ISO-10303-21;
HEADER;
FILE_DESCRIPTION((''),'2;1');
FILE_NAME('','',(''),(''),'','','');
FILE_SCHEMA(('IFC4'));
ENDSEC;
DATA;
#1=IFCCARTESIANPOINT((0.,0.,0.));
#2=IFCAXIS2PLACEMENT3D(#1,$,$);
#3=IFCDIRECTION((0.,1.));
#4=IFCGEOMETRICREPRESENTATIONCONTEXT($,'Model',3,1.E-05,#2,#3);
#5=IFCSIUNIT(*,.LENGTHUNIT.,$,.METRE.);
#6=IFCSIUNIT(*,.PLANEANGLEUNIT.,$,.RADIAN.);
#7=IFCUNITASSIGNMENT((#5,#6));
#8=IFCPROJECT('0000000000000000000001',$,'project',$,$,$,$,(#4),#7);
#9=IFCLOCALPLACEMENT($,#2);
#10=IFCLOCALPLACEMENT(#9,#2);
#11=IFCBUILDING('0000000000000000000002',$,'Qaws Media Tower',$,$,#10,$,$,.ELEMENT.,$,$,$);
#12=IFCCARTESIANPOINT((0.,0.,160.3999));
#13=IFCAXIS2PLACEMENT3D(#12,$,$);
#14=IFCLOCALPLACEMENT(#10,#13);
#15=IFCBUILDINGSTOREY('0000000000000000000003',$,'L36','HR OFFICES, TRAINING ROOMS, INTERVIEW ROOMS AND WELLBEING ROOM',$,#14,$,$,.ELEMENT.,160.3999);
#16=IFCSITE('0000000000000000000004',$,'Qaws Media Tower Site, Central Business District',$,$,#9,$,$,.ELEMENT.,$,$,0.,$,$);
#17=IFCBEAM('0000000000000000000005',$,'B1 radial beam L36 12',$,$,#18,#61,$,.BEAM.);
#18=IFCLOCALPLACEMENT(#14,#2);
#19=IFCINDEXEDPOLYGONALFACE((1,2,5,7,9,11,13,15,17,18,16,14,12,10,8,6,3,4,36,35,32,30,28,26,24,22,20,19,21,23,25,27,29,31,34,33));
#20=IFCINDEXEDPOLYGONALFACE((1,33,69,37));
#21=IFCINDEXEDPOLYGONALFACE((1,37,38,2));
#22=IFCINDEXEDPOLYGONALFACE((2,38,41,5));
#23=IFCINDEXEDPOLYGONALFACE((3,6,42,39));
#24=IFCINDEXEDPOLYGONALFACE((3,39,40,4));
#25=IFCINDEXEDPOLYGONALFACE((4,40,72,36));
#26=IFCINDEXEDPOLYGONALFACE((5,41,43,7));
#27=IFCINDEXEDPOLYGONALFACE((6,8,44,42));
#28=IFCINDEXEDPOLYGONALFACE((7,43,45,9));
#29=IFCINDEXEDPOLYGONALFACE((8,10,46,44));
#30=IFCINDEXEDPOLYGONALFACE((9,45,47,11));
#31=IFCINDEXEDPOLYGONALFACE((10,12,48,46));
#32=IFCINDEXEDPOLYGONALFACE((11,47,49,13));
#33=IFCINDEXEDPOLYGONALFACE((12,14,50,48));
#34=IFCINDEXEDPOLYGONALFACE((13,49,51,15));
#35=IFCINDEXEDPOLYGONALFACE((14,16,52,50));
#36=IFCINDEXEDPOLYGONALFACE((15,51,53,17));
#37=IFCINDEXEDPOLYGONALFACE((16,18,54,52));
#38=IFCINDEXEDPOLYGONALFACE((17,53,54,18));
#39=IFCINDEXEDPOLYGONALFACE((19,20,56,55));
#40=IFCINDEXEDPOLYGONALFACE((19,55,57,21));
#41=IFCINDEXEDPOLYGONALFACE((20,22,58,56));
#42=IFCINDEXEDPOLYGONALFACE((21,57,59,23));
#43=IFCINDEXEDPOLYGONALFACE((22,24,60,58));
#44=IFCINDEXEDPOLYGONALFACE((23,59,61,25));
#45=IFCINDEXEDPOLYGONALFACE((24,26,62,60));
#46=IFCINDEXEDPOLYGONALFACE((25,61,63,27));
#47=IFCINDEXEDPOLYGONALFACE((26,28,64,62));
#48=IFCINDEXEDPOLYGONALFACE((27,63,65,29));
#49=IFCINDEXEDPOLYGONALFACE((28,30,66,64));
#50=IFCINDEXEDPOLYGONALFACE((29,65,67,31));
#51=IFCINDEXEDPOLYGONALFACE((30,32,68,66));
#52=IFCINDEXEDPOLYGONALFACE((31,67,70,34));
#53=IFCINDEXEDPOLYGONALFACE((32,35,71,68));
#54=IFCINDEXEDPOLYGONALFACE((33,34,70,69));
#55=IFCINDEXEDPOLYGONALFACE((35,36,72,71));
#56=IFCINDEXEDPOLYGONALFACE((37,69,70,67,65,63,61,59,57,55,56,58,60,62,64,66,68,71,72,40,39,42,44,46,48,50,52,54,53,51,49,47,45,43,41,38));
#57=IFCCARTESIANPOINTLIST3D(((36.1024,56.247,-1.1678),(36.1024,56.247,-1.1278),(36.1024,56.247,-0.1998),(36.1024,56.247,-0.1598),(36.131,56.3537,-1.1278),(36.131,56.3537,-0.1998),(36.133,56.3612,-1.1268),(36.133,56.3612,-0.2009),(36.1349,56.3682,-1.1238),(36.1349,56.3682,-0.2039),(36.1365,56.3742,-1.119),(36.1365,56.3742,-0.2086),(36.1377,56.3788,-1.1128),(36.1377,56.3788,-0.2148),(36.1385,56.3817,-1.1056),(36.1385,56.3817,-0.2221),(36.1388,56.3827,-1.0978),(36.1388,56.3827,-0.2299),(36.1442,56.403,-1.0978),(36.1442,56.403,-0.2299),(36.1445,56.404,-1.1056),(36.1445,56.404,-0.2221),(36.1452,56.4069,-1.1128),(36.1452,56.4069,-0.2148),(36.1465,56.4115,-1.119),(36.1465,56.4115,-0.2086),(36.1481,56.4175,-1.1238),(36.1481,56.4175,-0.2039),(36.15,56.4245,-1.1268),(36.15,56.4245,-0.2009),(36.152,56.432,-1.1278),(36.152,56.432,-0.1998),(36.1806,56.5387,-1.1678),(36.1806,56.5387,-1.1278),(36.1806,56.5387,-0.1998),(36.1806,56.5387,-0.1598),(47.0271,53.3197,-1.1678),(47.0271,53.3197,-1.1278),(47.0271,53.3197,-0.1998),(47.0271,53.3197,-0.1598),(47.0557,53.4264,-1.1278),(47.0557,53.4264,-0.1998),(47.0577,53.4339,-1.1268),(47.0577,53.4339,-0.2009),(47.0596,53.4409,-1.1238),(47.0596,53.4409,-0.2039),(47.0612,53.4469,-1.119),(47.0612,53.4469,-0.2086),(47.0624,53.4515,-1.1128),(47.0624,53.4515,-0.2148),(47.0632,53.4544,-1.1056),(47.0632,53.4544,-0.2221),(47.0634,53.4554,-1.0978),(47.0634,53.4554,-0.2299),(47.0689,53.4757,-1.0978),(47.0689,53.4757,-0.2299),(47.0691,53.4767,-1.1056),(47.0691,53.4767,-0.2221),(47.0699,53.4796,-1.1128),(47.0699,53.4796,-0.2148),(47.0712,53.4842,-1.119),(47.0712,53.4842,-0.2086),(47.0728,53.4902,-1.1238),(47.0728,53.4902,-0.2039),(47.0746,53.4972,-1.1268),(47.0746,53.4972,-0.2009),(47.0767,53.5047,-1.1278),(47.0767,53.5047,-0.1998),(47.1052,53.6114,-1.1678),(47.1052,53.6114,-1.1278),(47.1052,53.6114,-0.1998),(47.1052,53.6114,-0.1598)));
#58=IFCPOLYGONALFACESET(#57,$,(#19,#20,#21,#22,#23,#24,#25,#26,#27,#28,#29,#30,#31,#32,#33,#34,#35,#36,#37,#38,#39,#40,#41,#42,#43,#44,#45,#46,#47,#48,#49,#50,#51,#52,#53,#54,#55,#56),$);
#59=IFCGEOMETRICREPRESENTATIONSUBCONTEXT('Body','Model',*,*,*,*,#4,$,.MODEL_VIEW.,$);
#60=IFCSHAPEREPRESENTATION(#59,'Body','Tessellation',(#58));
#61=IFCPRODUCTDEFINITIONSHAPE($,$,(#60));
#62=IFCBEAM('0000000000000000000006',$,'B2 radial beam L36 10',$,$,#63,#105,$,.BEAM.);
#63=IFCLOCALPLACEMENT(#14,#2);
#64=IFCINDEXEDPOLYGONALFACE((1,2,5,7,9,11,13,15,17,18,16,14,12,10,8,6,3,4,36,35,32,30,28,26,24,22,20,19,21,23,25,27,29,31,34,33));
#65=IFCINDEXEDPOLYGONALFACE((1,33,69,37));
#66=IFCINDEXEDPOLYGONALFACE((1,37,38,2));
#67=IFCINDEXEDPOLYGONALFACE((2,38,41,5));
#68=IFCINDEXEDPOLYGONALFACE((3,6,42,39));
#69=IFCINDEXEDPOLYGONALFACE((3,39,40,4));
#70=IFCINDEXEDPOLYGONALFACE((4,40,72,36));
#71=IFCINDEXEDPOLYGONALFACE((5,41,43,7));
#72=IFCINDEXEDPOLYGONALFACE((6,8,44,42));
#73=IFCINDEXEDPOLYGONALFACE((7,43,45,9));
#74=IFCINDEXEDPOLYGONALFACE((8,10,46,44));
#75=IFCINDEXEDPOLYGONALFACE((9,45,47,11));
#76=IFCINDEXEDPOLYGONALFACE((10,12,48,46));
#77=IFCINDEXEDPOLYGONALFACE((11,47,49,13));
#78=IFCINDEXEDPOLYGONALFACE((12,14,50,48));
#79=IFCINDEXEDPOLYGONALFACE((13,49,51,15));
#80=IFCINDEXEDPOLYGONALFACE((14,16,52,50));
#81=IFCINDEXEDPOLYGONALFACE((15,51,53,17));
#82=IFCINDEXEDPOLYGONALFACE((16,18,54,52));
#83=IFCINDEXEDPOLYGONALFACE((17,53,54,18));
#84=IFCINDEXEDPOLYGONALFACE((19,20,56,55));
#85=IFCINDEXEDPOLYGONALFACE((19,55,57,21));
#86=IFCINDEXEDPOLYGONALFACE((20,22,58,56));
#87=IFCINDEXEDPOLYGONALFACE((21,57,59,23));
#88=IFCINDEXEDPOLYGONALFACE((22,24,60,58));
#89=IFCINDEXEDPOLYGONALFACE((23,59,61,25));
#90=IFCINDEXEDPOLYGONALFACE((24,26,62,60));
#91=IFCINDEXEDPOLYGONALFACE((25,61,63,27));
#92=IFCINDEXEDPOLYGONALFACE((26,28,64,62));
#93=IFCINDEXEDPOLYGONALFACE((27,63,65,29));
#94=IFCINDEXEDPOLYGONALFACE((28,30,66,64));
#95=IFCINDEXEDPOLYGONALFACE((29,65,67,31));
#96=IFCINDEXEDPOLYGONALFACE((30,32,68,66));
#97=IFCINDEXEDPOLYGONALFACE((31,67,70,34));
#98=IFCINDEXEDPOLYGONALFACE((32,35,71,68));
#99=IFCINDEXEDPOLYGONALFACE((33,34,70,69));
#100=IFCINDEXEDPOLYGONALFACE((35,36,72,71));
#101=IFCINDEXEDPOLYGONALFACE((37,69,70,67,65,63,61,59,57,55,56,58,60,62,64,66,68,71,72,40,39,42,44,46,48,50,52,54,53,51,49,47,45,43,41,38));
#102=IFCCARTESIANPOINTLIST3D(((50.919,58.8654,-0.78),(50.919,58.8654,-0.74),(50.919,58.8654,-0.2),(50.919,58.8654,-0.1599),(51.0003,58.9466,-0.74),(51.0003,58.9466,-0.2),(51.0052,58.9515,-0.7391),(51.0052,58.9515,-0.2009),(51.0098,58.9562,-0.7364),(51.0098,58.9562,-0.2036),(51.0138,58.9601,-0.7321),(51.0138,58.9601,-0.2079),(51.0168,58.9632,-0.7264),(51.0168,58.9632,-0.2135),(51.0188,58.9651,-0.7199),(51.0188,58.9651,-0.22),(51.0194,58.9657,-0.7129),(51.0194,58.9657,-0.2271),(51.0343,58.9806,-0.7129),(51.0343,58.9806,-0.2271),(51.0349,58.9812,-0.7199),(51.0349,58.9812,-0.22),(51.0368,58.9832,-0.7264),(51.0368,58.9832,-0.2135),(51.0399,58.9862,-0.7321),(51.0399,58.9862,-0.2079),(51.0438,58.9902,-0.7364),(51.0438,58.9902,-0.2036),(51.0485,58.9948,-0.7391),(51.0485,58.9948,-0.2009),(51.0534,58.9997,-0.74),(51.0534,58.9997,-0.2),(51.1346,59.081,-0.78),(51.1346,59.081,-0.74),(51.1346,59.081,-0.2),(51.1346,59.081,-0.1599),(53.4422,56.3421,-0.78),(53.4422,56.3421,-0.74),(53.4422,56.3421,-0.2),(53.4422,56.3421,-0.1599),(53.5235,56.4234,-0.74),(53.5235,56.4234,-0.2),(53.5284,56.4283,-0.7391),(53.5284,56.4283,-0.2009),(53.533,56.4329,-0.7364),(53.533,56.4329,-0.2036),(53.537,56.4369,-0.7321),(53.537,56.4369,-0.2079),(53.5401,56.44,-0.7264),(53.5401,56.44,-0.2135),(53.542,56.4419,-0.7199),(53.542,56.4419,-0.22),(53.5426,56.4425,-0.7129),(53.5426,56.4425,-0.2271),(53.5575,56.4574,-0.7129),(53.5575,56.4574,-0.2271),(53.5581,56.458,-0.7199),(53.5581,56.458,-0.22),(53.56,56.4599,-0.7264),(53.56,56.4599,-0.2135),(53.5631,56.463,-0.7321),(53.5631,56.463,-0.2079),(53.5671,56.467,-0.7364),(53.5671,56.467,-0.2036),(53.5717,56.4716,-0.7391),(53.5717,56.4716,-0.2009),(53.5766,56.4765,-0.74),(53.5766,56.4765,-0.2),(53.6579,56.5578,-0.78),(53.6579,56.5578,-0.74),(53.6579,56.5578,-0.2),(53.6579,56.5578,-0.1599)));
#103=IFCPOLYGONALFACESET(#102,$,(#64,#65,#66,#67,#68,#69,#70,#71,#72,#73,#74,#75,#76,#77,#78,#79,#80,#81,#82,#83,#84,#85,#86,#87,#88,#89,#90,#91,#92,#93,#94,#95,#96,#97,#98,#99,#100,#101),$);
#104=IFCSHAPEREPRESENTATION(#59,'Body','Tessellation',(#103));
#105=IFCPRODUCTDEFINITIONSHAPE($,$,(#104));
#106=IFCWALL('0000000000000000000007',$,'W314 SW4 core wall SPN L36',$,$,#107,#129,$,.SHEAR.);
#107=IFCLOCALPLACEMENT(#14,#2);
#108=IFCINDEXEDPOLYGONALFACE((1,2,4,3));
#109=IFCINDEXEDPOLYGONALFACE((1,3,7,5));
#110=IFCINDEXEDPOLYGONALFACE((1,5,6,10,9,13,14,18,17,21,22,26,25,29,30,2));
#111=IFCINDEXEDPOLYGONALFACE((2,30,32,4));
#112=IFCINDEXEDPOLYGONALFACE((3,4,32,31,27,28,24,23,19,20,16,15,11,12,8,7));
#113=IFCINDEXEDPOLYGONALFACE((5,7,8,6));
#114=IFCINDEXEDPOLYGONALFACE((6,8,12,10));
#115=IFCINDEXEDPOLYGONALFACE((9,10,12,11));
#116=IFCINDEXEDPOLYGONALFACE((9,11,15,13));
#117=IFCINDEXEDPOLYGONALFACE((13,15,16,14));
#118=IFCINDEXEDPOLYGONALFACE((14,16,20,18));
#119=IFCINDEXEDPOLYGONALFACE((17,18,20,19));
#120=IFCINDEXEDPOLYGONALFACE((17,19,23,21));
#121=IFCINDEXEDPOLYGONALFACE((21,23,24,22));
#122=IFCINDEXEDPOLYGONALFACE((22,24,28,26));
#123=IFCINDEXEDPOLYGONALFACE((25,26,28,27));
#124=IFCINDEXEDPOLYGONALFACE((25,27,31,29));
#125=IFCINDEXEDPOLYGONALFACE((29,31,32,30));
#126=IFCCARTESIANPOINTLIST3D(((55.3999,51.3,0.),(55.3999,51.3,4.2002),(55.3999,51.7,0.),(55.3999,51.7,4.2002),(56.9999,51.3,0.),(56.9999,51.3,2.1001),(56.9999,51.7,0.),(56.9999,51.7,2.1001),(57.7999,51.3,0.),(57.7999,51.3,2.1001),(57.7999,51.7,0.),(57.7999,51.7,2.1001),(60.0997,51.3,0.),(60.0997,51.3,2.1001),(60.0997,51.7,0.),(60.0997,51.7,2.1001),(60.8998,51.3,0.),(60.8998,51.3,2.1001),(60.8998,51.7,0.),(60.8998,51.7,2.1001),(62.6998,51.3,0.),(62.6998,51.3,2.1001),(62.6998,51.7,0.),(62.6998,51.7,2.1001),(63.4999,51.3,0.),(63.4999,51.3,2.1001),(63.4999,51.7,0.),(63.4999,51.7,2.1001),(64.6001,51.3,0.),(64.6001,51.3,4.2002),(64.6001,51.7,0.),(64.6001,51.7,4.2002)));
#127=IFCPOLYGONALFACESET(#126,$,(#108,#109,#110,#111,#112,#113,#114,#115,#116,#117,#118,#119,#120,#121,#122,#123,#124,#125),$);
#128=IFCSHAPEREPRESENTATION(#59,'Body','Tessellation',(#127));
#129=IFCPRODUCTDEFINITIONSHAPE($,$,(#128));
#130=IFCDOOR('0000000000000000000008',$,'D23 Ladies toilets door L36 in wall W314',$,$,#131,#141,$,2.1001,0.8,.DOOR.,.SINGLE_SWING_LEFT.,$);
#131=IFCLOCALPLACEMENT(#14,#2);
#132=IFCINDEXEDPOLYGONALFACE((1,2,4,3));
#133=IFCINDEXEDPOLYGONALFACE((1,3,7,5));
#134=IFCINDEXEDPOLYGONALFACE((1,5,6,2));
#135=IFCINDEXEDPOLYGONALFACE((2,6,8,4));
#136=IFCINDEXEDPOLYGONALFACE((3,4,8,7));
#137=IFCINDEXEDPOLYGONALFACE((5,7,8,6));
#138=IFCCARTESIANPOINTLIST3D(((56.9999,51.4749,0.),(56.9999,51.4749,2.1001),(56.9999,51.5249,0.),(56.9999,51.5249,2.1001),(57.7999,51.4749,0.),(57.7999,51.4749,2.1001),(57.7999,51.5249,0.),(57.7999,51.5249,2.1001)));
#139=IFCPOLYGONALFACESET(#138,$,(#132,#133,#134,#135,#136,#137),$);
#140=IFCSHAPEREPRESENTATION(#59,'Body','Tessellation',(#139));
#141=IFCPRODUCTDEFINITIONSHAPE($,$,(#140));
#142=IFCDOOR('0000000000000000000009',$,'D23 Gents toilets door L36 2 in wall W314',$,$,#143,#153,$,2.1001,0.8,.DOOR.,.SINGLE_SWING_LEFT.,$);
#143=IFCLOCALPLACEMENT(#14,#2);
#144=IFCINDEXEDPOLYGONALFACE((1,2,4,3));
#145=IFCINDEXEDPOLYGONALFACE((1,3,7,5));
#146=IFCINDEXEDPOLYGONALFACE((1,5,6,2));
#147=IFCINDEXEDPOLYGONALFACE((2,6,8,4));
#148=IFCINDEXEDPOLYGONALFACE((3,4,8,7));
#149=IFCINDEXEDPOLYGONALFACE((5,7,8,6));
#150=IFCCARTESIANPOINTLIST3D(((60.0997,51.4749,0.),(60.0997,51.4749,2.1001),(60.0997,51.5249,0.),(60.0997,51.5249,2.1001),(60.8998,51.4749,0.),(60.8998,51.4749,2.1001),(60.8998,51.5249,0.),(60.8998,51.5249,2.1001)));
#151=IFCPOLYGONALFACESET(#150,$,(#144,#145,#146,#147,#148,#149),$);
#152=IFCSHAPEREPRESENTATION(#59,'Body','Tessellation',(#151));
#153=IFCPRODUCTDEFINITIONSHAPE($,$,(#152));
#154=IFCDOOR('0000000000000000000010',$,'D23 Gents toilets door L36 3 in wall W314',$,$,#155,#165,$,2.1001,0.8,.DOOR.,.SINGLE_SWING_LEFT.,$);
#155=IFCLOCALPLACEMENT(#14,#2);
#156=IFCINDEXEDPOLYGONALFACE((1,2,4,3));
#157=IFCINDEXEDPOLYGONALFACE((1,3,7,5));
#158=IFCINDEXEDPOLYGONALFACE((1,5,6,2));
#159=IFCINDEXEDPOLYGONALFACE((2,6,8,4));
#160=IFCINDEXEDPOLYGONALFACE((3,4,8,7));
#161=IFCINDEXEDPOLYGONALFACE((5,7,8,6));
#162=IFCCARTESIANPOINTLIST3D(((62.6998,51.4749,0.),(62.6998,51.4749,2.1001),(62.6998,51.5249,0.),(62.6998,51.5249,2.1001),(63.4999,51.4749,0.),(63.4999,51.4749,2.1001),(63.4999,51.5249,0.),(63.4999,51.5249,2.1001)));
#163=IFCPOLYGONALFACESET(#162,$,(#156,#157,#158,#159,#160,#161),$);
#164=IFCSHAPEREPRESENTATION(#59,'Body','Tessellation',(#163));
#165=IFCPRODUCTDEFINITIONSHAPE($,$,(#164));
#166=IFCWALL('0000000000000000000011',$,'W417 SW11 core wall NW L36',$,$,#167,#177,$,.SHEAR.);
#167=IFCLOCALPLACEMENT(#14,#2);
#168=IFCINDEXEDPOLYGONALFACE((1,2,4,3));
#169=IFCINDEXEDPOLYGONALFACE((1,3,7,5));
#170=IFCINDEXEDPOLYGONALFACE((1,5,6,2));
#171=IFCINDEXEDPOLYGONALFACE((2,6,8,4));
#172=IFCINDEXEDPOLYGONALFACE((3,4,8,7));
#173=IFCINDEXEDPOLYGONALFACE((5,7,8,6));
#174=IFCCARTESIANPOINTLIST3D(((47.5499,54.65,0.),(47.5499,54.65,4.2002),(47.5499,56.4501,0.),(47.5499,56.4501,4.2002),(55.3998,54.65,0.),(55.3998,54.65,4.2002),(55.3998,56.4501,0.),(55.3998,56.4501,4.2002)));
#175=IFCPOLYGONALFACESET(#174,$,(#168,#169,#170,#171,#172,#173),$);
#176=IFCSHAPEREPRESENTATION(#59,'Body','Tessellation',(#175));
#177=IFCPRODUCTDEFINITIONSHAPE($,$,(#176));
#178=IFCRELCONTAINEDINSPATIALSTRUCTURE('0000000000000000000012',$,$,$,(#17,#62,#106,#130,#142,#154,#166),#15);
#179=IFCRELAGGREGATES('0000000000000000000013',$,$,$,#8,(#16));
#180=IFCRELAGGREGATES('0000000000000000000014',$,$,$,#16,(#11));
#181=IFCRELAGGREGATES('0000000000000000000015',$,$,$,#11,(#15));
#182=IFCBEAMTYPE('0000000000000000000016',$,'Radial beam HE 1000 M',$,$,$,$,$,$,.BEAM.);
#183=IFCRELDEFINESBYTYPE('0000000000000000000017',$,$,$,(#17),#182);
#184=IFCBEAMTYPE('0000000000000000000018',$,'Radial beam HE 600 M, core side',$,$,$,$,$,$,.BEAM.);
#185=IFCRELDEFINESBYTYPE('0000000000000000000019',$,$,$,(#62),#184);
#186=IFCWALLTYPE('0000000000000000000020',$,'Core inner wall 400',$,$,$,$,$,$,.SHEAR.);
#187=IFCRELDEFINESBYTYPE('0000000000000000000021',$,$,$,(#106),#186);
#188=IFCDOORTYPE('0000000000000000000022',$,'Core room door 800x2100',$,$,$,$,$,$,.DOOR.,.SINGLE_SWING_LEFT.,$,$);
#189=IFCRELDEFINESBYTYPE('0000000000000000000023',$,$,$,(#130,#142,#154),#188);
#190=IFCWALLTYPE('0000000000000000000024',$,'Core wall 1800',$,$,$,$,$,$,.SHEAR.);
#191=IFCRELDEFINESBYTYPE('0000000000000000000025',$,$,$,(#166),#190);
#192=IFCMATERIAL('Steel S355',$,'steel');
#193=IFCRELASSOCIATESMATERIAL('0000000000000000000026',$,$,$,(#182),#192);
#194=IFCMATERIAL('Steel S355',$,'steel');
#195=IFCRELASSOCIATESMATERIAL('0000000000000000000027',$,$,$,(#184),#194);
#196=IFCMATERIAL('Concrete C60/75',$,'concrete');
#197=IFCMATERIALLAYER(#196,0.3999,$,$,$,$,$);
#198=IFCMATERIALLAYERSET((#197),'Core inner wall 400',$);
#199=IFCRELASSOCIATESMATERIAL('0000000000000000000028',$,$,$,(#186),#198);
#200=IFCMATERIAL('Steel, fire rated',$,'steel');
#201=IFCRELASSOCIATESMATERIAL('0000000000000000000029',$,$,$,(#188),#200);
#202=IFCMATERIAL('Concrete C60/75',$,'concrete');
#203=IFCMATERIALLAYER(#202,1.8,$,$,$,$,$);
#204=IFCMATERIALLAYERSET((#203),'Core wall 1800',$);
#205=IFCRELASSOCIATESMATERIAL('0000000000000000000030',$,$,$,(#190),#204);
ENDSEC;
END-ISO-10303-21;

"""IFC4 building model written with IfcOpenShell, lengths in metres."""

from ifc_helpers import new_model, si_unit, direction, frame, frame_2d, origin, origin_2d, place, context, subcontext, project, spatial, rectangle, i_section, extrude, material, layer, layer_set, material_profile, profile_set, type_object, element, fill, save


model = new_model("IFC4")

# Units and contexts
model_context = context("Model", 3, precision=1e-05, world=origin(), true_north=direction((0.0, 1.0)))
body_context = subcontext(model_context, "Body", "Model", "MODEL_VIEW")
ifc_project = project(units=[si_unit("LENGTHUNIT", "METRE"), si_unit("PLANEANGLEUNIT", "RADIAN")], contexts=[model_context])

# Site, building, storey
site_placement = place(None, origin())
site = spatial("IfcSite", under=ifc_project, at=site_placement, Name="Qaws Media Tower Site, Central Business District", CompositionType="ELEMENT", RefElevation=0.0)
building_placement = place(site_placement, origin())
building = spatial("IfcBuilding", under=site, at=building_placement, Name="Qaws Media Tower", CompositionType="ELEMENT")
storey_placement = place(building_placement, frame((0.0, 0.0, 160.3999)))
storey = spatial("IfcBuildingStorey", under=building, at=storey_placement, Name="L36", Description="HR OFFICES, TRAINING ROOMS, INTERVIEW ROOMS AND WELLBEING ROOM", CompositionType="ELEMENT", Elevation=160.3999)

# Beams
ifc_material_1 = material(Name="Steel S355", Category="steel")
ifc_material_profile_1 = material_profile(ifc_material_1, i_section(OverallWidth=0.302, OverallDepth=1.0081, WebThickness=0.021, FlangeThickness=0.04, FilletRadius=0.03, at=origin_2d()), Name="HE 1000 M")
ifc_profile_set_1 = profile_set([ifc_material_profile_1], Name="Steel S355")
beam_type_1 = type_object("IfcBeamType", Name="Radial beam HE 1000 M", PredefinedType="BEAM", material=ifc_profile_set_1)
beam_1_placement = place(storey_placement, frame((47.0662, 53.4656, -0.6638), z_axis=(-0.965925, 0.258821, 0.0), x_axis=(-0.258821, -0.965925, 0.0)))
element("IfcBeam", 1, at=beam_1_placement, inside=storey, type_object=beam_type_1, Name="B1 radial beam L36 12", PredefinedType="BEAM", context=body_context, shape_type="SweptSolid", body=[
    extrude(i_section(OverallWidth=0.302, OverallDepth=1.0081, WebThickness=0.021, FlangeThickness=0.04, FilletRadius=0.03, at=origin_2d()), origin(), (0.0, 0.0, 1.0), 11.3101),
])
ifc_material_2 = material(Name="Steel S355", Category="steel")
ifc_material_profile_2 = material_profile(ifc_material_2, i_section(OverallWidth=0.3049, OverallDepth=0.6201, WebThickness=0.021, FlangeThickness=0.04, FilletRadius=0.0271, at=origin_2d()), Name="HE 600 M")
ifc_profile_set_2 = profile_set([ifc_material_profile_2], Name="Steel S355")
beam_type_2 = type_object("IfcBeamType", Name="Radial beam HE 600 M, core side", PredefinedType="BEAM", material=ifc_profile_set_2)
beam_2_placement = place(storey_placement, frame((53.55, 56.45, -0.47), z_axis=(-0.707107, 0.707107, 0.0), x_axis=(-0.707107, -0.707107, 0.0)))
element("IfcBeam", 2, at=beam_2_placement, inside=storey, type_object=beam_type_2, Name="B2 radial beam L36 10", PredefinedType="BEAM", context=body_context, shape_type="SweptSolid", body=[
    extrude(i_section(OverallWidth=0.3049, OverallDepth=0.6201, WebThickness=0.021, FlangeThickness=0.04, FilletRadius=0.0271, at=origin_2d()), origin(), (0.0, 0.0, 1.0), 3.5684),
])

# Wall, openings, doors
ifc_material_3 = material(Name="Concrete C60/75", Category="concrete")
ifc_layer_1 = layer(ifc_material_3, 0.3999)
ifc_layer_set_1 = layer_set([ifc_layer_1], Name="Core inner wall 400")
wall_type_1 = type_object("IfcWallType", Name="Core inner wall 400", PredefinedType="SHEAR", material=ifc_layer_set_1)
wall_1_placement = place(storey_placement, frame((55.3999, 51.5, 0.0), z_axis=(0.0, 0.0, 1.0), x_axis=(1.0, 0.0, 0.0)))
wall_1 = element("IfcWall", 3, at=wall_1_placement, inside=storey, type_object=wall_type_1, Name="W314 SW4 core wall SPN L36", PredefinedType="SHEAR", context=body_context, shape_type="SweptSolid", body=[
    extrude(rectangle(XDim=9.2002, YDim=0.3999, at=frame_2d((4.6001, 0.0))), origin(), (0.0, 0.0, 1.0), 4.2002),
])
opening_1_placement = place(wall_1_placement, frame((1.6001, 0.0, 0.0)))
opening_1 = element("IfcOpeningElement", 4, at=opening_1_placement, cuts=wall_1, PredefinedType="OPENING", context=body_context, shape_type="SweptSolid", body=[
    extrude(rectangle(XDim=0.8, YDim=2.1001, at=frame_2d((0.3999, 1.05))), frame((0.0, 0.21, 0.0), z_axis=(0.0, -1.0, 0.0), x_axis=(1.0, 0.0, 0.0)), (0.0, 0.0, 1.0), 0.4199),
])
opening_2_placement = place(wall_1_placement, frame((4.7, 0.0, 0.0)))
opening_2 = element("IfcOpeningElement", 5, at=opening_2_placement, cuts=wall_1, PredefinedType="OPENING", context=body_context, shape_type="SweptSolid", body=[
    extrude(rectangle(XDim=0.8, YDim=2.1001, at=frame_2d((0.3999, 1.05))), frame((0.0, 0.21, 0.0), z_axis=(0.0, -1.0, 0.0), x_axis=(1.0, 0.0, 0.0)), (0.0, 0.0, 1.0), 0.4199),
])
opening_3_placement = place(wall_1_placement, frame((7.3, 0.0, 0.0)))
opening_3 = element("IfcOpeningElement", 6, at=opening_3_placement, cuts=wall_1, PredefinedType="OPENING", context=body_context, shape_type="SweptSolid", body=[
    extrude(rectangle(XDim=0.8, YDim=2.1001, at=frame_2d((0.3999, 1.05))), frame((0.0, 0.21, 0.0), z_axis=(0.0, -1.0, 0.0), x_axis=(1.0, 0.0, 0.0)), (0.0, 0.0, 1.0), 0.4199),
])
ifc_material_4 = material(Name="Steel, fire rated", Category="steel")
door_type = type_object("IfcDoorType", Name="Core room door 800x2100", OperationType="SINGLE_SWING_LEFT", PredefinedType="DOOR", material=ifc_material_4)
door_1_placement = place(opening_1_placement, origin())
door_1 = element("IfcDoor", 7, at=door_1_placement, inside=storey, type_object=door_type, Name="D23 Ladies toilets door L36 in wall W314", OperationType="SINGLE_SWING_LEFT", OverallHeight=2.1001, OverallWidth=0.8, PredefinedType="DOOR", context=body_context, shape_type="SweptSolid", body=[
    extrude(rectangle(XDim=0.8, YDim=2.1001, at=frame_2d((0.3999, 1.05))), frame((0.0, 0.0249, 0.0), z_axis=(0.0, -1.0, 0.0), x_axis=(1.0, 0.0, 0.0)), (0.0, 0.0, 1.0), 0.05),
])
fill(opening_1, door_1)
door_2_placement = place(opening_2_placement, origin())
door_2 = element("IfcDoor", 8, at=door_2_placement, inside=storey, type_object=door_type, Name="D23 Gents toilets door L36 2 in wall W314", OperationType="SINGLE_SWING_LEFT", OverallHeight=2.1001, OverallWidth=0.8, PredefinedType="DOOR", context=body_context, shape_type="SweptSolid", body=[
    extrude(rectangle(XDim=0.8, YDim=2.1001, at=frame_2d((0.3999, 1.05))), frame((0.0, 0.0249, 0.0), z_axis=(0.0, -1.0, 0.0), x_axis=(1.0, 0.0, 0.0)), (0.0, 0.0, 1.0), 0.05),
])
fill(opening_2, door_2)
door_3_placement = place(opening_3_placement, origin())
door_3 = element("IfcDoor", 9, at=door_3_placement, inside=storey, type_object=door_type, Name="D23 Gents toilets door L36 3 in wall W314", OperationType="SINGLE_SWING_LEFT", OverallHeight=2.1001, OverallWidth=0.8, PredefinedType="DOOR", context=body_context, shape_type="SweptSolid", body=[
    extrude(rectangle(XDim=0.8, YDim=2.1001, at=frame_2d((0.3999, 1.05))), frame((0.0, 0.0249, 0.0), z_axis=(0.0, -1.0, 0.0), x_axis=(1.0, 0.0, 0.0)), (0.0, 0.0, 1.0), 0.05),
])
fill(opening_3, door_3)

# Wall
ifc_material_5 = material(Name="Concrete C60/75", Category="concrete")
ifc_layer_2 = layer(ifc_material_5, 1.8)
ifc_layer_set_2 = layer_set([ifc_layer_2], Name="Core wall 1800")
wall_type_2 = type_object("IfcWallType", Name="Core wall 1800", PredefinedType="SHEAR", material=ifc_layer_set_2)
wall_2_placement = place(storey_placement, frame((47.55, 55.55, 0.0), z_axis=(0.0, 0.0, 1.0), x_axis=(1.0, 0.0, 0.0)))
element("IfcWall", 10, at=wall_2_placement, inside=storey, type_object=wall_type_2, Name="W417 SW11 core wall NW L36", PredefinedType="SHEAR", context=body_context, shape_type="SweptSolid", body=[
    extrude(rectangle(XDim=7.8499, YDim=1.8, at=frame_2d((3.9248, 0.0))), origin(), (0.0, 0.0, 1.0), 4.2002),
])

save(model, "model.ifc")
